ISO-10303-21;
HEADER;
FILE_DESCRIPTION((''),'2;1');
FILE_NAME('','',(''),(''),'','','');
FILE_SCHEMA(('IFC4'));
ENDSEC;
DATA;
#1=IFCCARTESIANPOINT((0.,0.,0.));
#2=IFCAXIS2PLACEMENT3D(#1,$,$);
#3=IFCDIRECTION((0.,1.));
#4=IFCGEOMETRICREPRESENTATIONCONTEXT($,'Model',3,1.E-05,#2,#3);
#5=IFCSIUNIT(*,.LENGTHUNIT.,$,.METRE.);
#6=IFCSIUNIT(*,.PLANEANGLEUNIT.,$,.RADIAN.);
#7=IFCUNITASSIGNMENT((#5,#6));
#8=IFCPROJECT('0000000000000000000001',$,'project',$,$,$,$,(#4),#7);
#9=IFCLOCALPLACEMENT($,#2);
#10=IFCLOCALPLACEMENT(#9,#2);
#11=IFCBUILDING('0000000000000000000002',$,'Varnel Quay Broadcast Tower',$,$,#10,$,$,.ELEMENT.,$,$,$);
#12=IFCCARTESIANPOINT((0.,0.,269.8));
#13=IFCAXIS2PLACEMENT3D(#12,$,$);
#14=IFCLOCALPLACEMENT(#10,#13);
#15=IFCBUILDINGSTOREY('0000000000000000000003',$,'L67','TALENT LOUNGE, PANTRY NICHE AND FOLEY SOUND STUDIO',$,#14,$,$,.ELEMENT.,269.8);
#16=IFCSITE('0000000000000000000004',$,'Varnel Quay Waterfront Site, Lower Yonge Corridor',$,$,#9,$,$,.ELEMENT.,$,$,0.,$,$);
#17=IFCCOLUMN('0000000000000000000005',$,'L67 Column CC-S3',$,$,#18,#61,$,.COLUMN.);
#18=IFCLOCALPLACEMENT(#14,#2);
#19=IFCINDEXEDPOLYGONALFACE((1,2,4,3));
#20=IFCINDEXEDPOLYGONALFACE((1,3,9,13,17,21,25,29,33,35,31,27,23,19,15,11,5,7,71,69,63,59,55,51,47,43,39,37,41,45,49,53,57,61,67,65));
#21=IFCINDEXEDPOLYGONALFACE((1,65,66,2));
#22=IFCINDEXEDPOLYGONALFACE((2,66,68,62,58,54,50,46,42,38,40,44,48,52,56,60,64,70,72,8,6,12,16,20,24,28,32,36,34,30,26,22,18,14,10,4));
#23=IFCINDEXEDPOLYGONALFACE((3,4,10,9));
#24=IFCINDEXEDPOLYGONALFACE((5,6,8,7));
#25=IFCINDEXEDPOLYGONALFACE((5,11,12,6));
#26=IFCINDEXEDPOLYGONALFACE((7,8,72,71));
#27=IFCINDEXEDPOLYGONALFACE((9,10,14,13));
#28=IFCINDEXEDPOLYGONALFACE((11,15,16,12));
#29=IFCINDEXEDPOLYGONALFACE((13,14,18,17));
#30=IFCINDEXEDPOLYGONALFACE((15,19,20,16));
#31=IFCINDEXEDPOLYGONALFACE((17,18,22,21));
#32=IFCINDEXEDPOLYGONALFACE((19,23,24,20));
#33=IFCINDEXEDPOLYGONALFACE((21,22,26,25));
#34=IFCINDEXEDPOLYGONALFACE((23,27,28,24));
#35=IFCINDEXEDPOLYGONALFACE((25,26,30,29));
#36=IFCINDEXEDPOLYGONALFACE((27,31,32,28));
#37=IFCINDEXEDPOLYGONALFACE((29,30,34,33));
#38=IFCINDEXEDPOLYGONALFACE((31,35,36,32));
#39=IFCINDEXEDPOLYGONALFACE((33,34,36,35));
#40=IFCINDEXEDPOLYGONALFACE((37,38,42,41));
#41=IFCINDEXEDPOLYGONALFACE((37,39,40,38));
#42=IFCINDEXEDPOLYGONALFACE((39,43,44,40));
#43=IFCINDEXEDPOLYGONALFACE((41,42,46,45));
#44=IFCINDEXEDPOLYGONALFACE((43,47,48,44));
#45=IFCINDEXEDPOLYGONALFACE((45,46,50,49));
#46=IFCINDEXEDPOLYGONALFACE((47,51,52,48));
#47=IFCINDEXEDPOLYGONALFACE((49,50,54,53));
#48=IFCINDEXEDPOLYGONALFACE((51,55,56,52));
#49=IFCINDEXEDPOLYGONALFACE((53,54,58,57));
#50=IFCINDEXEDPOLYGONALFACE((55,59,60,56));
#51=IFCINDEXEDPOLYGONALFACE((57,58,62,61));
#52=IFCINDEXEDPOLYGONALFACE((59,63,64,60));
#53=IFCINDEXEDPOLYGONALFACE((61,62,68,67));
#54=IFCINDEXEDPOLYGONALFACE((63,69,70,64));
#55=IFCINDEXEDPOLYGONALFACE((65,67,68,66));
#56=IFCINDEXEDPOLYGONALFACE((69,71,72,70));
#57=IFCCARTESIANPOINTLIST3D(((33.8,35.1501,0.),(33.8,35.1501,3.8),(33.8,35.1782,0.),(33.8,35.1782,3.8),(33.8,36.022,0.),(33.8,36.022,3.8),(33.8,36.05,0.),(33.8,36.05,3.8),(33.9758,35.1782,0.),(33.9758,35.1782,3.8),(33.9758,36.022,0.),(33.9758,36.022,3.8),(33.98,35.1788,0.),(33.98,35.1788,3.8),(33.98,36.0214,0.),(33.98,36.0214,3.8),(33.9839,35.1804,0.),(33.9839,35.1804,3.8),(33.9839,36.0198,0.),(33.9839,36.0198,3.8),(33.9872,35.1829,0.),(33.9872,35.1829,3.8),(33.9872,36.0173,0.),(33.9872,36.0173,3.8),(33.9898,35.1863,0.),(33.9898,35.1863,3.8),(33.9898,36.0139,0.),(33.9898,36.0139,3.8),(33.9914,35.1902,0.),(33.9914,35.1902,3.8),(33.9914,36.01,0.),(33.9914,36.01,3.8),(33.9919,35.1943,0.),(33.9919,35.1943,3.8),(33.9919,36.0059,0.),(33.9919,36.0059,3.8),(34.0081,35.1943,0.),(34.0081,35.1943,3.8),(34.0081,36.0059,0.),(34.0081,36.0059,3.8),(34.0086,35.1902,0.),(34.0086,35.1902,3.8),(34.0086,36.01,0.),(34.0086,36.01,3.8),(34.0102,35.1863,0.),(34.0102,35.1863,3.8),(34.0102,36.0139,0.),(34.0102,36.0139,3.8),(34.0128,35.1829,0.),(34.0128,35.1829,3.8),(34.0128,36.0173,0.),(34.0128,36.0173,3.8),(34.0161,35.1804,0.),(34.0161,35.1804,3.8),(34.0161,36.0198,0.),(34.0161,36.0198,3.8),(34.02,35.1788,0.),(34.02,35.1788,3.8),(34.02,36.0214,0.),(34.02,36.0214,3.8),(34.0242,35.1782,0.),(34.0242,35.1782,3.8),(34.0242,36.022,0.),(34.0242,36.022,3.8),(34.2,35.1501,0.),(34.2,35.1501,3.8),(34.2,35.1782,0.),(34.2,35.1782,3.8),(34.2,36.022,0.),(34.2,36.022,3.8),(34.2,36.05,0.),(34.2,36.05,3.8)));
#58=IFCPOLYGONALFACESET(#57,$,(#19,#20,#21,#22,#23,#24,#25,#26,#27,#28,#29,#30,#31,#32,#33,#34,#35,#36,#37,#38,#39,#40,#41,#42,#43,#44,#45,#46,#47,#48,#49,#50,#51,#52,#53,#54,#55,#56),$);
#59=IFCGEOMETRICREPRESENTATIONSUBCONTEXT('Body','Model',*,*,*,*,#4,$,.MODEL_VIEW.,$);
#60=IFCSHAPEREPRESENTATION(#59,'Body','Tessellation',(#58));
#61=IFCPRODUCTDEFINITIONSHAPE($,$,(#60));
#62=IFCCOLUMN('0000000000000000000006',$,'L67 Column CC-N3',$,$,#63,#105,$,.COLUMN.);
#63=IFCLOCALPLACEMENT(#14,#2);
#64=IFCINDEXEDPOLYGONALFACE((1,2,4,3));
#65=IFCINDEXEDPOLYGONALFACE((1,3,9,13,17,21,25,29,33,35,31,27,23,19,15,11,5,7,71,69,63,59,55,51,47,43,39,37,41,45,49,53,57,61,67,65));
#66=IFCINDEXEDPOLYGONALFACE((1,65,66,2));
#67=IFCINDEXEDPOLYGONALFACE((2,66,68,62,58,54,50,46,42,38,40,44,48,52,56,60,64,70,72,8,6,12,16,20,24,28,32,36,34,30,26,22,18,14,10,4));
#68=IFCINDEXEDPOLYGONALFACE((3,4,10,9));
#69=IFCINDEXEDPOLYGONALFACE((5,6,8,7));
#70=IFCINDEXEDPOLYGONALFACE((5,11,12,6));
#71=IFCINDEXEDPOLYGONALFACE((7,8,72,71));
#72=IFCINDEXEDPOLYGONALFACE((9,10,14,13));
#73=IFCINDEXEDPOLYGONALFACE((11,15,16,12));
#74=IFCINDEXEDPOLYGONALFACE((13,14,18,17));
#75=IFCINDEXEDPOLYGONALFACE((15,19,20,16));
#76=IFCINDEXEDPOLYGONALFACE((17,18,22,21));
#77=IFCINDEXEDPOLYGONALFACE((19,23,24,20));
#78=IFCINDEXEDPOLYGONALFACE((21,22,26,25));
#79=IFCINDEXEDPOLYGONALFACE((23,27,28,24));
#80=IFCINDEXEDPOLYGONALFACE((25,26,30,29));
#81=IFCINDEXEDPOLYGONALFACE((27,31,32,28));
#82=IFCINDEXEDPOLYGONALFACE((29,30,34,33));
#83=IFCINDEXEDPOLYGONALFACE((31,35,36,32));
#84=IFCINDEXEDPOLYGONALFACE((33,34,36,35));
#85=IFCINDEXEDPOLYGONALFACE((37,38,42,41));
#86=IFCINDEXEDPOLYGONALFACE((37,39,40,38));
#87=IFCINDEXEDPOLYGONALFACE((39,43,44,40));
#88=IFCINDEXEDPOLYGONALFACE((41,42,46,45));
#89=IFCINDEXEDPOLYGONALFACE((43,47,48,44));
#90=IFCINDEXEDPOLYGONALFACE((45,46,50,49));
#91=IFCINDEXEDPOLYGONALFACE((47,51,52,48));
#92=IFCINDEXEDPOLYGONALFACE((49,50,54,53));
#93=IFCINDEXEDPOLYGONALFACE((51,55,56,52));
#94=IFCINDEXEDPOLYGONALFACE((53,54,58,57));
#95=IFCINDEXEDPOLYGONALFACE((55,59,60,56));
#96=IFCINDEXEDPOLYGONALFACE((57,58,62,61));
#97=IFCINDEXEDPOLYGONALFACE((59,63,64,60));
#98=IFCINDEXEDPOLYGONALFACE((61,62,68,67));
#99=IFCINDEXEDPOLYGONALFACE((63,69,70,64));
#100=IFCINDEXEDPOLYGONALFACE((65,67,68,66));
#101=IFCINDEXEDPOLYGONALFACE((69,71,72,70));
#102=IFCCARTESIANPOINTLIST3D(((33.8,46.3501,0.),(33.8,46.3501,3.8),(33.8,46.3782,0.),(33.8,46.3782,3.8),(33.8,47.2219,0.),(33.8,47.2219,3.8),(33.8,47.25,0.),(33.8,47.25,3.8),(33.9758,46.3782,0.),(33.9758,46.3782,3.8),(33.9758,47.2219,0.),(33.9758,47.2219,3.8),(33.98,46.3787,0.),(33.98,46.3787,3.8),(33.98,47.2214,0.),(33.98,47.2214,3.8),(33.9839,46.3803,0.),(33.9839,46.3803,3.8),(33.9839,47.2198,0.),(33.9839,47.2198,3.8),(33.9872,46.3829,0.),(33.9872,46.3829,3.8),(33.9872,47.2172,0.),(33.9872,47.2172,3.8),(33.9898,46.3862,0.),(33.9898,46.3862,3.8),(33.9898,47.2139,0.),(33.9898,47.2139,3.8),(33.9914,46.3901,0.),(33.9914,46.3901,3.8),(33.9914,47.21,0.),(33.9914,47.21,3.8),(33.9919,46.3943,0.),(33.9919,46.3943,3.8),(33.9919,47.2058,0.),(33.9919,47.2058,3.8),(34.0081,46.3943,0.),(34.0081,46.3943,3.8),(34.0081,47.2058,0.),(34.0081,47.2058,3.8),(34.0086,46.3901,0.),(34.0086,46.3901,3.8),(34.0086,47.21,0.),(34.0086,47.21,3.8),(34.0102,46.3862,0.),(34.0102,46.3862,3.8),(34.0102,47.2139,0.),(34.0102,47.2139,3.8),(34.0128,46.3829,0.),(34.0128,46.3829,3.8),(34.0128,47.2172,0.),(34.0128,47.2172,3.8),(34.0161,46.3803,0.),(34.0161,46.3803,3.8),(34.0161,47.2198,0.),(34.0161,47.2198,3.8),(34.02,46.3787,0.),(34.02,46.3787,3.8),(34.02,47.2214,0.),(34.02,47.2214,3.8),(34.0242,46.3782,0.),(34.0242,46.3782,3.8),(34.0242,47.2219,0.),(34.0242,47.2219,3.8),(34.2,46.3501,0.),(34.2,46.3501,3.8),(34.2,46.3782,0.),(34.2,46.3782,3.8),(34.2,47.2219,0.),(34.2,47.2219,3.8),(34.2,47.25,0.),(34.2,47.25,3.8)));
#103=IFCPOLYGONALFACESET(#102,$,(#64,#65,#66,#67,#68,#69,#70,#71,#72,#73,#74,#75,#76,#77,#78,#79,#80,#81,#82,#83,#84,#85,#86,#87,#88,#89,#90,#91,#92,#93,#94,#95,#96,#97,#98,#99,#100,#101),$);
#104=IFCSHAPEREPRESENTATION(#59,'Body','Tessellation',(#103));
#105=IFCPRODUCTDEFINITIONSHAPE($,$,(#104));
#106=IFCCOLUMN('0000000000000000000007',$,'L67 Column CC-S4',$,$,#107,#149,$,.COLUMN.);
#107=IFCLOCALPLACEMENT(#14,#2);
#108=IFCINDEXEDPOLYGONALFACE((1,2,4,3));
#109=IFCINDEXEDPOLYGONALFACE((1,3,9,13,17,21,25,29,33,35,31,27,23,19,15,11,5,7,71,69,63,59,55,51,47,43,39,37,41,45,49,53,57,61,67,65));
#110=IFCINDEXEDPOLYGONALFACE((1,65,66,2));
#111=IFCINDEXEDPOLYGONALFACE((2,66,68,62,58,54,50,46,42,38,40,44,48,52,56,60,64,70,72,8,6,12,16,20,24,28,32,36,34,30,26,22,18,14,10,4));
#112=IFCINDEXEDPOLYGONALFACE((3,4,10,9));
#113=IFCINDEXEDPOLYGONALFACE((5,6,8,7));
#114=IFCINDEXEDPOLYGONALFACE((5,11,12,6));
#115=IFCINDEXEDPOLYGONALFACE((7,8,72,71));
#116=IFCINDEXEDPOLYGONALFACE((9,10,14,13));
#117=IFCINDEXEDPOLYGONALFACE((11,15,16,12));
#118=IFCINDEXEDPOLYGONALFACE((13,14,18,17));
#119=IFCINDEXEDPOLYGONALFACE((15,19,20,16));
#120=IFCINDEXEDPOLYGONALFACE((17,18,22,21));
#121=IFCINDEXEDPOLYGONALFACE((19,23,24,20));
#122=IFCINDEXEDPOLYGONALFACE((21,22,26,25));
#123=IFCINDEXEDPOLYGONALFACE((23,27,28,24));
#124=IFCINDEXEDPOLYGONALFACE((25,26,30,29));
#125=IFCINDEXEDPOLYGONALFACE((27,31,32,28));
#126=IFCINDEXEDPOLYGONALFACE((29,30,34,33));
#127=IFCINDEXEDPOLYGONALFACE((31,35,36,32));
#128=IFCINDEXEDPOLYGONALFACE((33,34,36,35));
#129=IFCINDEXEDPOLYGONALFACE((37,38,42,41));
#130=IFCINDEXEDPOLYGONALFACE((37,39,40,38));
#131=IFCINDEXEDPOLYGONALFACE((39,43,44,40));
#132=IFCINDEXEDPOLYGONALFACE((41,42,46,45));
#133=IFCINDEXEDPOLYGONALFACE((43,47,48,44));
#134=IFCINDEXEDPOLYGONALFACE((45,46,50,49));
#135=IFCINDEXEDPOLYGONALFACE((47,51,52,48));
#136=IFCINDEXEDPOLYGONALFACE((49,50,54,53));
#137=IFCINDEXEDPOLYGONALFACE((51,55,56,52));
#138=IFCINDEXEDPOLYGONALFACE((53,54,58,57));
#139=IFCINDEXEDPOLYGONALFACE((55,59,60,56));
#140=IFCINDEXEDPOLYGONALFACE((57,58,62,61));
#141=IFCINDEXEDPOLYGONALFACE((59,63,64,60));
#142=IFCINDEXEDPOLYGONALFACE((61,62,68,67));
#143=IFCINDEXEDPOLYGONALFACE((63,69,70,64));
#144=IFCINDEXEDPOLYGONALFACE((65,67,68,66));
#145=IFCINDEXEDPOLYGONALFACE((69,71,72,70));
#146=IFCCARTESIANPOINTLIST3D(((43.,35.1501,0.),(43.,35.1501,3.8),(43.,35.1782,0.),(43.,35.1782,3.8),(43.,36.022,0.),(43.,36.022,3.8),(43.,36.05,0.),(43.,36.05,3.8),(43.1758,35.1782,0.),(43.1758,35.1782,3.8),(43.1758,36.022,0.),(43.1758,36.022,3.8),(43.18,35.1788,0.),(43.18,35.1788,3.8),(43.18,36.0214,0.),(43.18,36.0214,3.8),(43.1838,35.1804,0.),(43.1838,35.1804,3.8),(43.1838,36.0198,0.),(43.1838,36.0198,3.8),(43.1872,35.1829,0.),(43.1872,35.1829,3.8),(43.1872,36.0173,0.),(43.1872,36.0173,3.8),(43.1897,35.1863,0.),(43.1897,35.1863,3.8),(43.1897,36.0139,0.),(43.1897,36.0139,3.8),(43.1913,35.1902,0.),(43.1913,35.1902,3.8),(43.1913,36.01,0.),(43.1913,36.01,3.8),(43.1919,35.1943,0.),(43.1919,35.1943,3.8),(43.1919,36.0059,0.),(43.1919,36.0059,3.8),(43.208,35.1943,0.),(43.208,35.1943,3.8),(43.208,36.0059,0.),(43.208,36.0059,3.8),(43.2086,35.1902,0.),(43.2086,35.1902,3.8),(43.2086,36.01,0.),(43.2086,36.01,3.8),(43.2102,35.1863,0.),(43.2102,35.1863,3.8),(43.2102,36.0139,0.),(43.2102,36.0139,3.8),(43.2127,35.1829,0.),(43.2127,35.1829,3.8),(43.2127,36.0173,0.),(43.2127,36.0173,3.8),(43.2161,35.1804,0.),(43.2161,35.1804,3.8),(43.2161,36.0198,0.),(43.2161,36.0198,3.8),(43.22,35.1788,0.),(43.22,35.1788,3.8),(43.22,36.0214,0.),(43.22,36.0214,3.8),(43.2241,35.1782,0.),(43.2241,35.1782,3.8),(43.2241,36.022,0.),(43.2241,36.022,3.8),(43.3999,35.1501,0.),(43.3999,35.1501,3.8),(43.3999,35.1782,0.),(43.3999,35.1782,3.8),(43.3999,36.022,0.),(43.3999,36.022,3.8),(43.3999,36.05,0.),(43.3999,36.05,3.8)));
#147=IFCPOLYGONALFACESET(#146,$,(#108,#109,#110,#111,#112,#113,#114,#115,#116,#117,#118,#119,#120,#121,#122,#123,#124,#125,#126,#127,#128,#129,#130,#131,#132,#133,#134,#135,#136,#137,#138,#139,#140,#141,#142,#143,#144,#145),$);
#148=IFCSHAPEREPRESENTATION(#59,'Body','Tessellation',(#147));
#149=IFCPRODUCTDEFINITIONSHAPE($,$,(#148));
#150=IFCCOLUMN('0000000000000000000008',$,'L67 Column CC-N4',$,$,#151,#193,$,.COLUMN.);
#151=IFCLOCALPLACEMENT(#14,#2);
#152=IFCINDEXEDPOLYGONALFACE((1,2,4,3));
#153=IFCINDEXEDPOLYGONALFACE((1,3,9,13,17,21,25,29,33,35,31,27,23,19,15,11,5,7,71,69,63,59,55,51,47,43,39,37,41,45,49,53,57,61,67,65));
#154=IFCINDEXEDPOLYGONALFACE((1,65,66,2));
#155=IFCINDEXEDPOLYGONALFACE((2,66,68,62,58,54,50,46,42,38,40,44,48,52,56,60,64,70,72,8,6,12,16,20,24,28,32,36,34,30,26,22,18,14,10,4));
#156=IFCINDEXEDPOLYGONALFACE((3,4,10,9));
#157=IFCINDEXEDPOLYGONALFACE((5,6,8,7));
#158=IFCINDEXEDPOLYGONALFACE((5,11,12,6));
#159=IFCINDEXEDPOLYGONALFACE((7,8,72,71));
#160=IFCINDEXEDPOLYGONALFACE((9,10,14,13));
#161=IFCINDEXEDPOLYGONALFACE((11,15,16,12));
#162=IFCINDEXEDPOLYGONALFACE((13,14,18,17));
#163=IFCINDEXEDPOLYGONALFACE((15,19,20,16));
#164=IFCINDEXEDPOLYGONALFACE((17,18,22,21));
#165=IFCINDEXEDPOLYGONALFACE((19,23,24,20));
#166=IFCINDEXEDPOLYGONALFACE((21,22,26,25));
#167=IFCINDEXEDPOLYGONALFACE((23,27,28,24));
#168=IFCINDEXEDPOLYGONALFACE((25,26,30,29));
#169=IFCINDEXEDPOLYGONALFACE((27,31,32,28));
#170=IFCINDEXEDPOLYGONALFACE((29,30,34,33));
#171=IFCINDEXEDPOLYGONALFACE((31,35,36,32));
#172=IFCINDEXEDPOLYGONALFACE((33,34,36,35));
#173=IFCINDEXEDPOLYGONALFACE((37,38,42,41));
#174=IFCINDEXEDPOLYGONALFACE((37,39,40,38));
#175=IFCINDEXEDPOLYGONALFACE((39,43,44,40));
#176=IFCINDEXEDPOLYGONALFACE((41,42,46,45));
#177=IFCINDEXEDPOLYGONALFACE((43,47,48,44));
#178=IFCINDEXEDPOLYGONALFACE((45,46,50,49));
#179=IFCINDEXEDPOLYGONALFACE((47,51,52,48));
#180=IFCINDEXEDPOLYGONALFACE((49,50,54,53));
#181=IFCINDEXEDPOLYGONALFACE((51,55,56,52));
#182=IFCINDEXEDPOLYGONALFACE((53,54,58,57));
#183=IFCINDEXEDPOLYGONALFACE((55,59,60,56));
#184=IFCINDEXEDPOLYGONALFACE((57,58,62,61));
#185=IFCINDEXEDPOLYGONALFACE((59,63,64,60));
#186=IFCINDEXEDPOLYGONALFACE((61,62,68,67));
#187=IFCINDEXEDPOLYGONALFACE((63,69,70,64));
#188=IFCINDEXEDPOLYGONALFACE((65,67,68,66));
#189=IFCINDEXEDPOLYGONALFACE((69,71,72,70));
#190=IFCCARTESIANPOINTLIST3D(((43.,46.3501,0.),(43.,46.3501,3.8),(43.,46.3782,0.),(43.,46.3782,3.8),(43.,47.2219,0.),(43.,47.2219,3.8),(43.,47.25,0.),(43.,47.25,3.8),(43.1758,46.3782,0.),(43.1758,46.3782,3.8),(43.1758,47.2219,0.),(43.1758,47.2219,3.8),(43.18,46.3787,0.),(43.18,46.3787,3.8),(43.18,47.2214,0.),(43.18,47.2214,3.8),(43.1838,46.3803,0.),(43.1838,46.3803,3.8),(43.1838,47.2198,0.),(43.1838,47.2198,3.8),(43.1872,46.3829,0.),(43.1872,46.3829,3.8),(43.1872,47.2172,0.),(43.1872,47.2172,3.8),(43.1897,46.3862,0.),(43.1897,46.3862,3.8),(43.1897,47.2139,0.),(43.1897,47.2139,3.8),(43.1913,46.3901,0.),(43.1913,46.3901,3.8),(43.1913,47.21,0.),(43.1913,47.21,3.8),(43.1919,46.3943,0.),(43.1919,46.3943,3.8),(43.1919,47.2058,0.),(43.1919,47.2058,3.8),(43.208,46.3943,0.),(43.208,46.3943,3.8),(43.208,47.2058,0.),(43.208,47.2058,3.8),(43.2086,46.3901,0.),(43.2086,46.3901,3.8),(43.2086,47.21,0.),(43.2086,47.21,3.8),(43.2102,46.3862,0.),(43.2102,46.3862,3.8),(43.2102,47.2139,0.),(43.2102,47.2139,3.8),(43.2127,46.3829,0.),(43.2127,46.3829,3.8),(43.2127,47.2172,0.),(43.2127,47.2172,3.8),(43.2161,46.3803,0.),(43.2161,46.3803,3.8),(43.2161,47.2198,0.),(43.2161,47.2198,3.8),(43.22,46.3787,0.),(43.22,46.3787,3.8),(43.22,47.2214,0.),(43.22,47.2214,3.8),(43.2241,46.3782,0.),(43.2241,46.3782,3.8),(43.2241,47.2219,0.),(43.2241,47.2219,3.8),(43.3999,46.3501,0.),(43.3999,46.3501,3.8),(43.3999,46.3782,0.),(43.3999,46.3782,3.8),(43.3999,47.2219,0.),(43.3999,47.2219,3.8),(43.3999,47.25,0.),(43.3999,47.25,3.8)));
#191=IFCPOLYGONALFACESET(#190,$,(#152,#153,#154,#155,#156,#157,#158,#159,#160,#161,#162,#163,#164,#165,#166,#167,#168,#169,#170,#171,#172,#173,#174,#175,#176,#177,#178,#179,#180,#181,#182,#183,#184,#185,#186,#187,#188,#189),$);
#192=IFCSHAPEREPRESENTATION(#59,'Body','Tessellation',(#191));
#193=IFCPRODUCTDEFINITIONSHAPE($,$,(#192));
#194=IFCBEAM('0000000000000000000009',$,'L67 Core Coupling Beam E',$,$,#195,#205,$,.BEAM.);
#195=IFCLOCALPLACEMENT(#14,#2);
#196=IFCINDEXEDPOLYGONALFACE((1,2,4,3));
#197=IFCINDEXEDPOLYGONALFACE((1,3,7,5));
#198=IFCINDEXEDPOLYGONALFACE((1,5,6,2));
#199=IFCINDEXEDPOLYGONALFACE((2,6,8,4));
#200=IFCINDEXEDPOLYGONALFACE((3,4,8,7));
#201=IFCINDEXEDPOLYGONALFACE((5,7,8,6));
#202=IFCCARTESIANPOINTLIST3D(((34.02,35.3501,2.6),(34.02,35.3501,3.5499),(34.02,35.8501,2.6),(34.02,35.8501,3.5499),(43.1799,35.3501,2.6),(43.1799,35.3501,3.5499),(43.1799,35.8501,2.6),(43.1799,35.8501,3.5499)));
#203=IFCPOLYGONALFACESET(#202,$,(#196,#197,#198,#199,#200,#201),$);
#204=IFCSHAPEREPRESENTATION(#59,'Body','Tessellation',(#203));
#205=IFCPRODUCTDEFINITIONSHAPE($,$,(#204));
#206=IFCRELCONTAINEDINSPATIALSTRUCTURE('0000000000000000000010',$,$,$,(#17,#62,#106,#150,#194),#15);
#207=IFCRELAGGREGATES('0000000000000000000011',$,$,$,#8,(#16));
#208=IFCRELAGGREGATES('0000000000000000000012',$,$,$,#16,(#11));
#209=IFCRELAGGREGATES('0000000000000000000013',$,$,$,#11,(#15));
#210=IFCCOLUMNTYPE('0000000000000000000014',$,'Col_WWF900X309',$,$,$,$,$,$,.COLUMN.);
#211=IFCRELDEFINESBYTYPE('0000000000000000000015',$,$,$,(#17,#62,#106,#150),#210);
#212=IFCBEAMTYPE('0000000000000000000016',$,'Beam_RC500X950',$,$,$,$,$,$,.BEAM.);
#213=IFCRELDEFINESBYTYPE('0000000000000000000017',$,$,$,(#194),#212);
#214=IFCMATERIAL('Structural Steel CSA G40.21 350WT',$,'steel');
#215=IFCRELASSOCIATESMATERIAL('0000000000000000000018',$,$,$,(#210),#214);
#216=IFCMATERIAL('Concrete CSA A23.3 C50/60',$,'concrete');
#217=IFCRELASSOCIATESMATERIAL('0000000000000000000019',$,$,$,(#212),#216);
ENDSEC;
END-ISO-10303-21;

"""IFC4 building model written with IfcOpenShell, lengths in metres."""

from ifc_helpers import new_model, si_unit, direction, frame, origin, origin_2d, place, context, subcontext, project, spatial, rectangle, i_section, extrude, source, transform, mapped, material, material_profile, profile_set, type_object, type_shapes, element, save


model = new_model("IFC4")

# Units and contexts
model_context = context("Model", 3, precision=1e-05, world=origin(), true_north=direction((0.0, 1.0)))
body_context = subcontext(model_context, "Body", "Model", "MODEL_VIEW")
ifc_project = project(units=[si_unit("LENGTHUNIT", "METRE"), si_unit("PLANEANGLEUNIT", "RADIAN")], contexts=[model_context])

# Site, building, storey
site_placement = place(None, origin())
site = spatial("IfcSite", under=ifc_project, at=site_placement, Name="Varnel Quay Waterfront Site, Lower Yonge Corridor", CompositionType="ELEMENT", RefElevation=0.0)
building_placement = place(site_placement, origin())
building = spatial("IfcBuilding", under=site, at=building_placement, Name="Varnel Quay Broadcast Tower", CompositionType="ELEMENT")
storey_placement = place(building_placement, frame((0.0, 0.0, 269.8)))
storey = spatial("IfcBuildingStorey", under=building, at=storey_placement, Name="L67", Description="TALENT LOUNGE, PANTRY NICHE AND FOLEY SOUND STUDIO", CompositionType="ELEMENT", Elevation=269.8)

# Columns
ifc_material_1 = material(Name="Structural Steel CSA G40.21 350WT", Category="steel")
ifc_material_profile_1 = material_profile(ifc_material_1, i_section(OverallWidth=0.3999, OverallDepth=0.8999, WebThickness=0.0161, FlangeThickness=0.0281, FilletRadius=0.0161, at=origin_2d()), Name="WWF900X309")
ifc_profile_set_1 = profile_set([ifc_material_profile_1], Name="Structural Steel CSA G40.21 350WT")
column_type = type_object("IfcColumnType", Name="Col_WWF900X309", PredefinedType="COLUMN", material=ifc_profile_set_1)
shared_shape_1 = source(origin(), body_context, "Body", "SweptSolid", [
    extrude(i_section(OverallWidth=0.3999, OverallDepth=0.8999, WebThickness=0.0161, FlangeThickness=0.0281, FilletRadius=0.0161, at=origin_2d()), origin(), (0.0, 0.0, 1.0), 3.8),
])
type_shapes(column_type, [shared_shape_1])
for number, where, z_axis, x_axis, name in (
    (1, (34.0, 35.6001, 0.0), (0.0, 0.0, 1.0), (1.0, 0.0, 0.0), "L67 Column CC-S3"),
    (2, (34.0, 46.8, 0.0), (0.0, 0.0, 1.0), (1.0, 0.0, 0.0), "L67 Column CC-N3"),
    (3, (43.2, 35.6001, 0.0), (0.0, 0.0, 1.0), (1.0, 0.0, 0.0), "L67 Column CC-S4"),
    (4, (43.2, 46.8, 0.0), (0.0, 0.0, 1.0), (1.0, 0.0, 0.0), "L67 Column CC-N4"),
):
    element("IfcColumn", number, at=place(storey_placement, frame(where, z_axis=z_axis, x_axis=x_axis)), inside=storey, type_object=column_type, Name=name, PredefinedType="COLUMN", context=body_context, shape_type="MappedRepresentation", body=[
        mapped(shared_shape_1, transform((0.0, 0.0, 0.0), x_axis=(1.0, 0.0, 0.0), y_axis=(0.0, 1.0, 0.0), z_axis=(0.0, 0.0, 1.0), scale=1.0)),
    ])

# Beam
ifc_material_2 = material(Name="Concrete CSA A23.3 C50/60", Category="concrete")
ifc_material_profile_2 = material_profile(ifc_material_2, rectangle(XDim=0.5, YDim=0.95, at=origin_2d()), Name="RC500X950")
ifc_profile_set_2 = profile_set([ifc_material_profile_2], Name="Concrete CSA A23.3 C50/60")
beam_type = type_object("IfcBeamType", Name="Beam_RC500X950", PredefinedType="BEAM", material=ifc_profile_set_2)
shared_shape_2 = source(origin(), body_context, "Body", "SweptSolid", [
    extrude(rectangle(XDim=0.5, YDim=0.95, at=origin_2d()), origin(), (0.0, 0.0, 1.0), 9.1599),
])
type_shapes(beam_type, [shared_shape_2])
beam_placement = place(storey_placement, frame((34.02, 35.6001, 3.075), z_axis=(1.0, 0.0, 0.0), x_axis=(0.0, 1.0, 0.0)))
element("IfcBeam", 5, at=beam_placement, inside=storey, type_object=beam_type, Name="L67 Core Coupling Beam E", PredefinedType="BEAM", context=body_context, shape_type="MappedRepresentation", body=[
    mapped(shared_shape_2, transform((0.0, 0.0, 0.0), x_axis=(1.0, 0.0, 0.0), y_axis=(0.0, 1.0, 0.0), z_axis=(0.0, 0.0, 1.0), scale=1.0)),
])

save(model, "model.ifc")
